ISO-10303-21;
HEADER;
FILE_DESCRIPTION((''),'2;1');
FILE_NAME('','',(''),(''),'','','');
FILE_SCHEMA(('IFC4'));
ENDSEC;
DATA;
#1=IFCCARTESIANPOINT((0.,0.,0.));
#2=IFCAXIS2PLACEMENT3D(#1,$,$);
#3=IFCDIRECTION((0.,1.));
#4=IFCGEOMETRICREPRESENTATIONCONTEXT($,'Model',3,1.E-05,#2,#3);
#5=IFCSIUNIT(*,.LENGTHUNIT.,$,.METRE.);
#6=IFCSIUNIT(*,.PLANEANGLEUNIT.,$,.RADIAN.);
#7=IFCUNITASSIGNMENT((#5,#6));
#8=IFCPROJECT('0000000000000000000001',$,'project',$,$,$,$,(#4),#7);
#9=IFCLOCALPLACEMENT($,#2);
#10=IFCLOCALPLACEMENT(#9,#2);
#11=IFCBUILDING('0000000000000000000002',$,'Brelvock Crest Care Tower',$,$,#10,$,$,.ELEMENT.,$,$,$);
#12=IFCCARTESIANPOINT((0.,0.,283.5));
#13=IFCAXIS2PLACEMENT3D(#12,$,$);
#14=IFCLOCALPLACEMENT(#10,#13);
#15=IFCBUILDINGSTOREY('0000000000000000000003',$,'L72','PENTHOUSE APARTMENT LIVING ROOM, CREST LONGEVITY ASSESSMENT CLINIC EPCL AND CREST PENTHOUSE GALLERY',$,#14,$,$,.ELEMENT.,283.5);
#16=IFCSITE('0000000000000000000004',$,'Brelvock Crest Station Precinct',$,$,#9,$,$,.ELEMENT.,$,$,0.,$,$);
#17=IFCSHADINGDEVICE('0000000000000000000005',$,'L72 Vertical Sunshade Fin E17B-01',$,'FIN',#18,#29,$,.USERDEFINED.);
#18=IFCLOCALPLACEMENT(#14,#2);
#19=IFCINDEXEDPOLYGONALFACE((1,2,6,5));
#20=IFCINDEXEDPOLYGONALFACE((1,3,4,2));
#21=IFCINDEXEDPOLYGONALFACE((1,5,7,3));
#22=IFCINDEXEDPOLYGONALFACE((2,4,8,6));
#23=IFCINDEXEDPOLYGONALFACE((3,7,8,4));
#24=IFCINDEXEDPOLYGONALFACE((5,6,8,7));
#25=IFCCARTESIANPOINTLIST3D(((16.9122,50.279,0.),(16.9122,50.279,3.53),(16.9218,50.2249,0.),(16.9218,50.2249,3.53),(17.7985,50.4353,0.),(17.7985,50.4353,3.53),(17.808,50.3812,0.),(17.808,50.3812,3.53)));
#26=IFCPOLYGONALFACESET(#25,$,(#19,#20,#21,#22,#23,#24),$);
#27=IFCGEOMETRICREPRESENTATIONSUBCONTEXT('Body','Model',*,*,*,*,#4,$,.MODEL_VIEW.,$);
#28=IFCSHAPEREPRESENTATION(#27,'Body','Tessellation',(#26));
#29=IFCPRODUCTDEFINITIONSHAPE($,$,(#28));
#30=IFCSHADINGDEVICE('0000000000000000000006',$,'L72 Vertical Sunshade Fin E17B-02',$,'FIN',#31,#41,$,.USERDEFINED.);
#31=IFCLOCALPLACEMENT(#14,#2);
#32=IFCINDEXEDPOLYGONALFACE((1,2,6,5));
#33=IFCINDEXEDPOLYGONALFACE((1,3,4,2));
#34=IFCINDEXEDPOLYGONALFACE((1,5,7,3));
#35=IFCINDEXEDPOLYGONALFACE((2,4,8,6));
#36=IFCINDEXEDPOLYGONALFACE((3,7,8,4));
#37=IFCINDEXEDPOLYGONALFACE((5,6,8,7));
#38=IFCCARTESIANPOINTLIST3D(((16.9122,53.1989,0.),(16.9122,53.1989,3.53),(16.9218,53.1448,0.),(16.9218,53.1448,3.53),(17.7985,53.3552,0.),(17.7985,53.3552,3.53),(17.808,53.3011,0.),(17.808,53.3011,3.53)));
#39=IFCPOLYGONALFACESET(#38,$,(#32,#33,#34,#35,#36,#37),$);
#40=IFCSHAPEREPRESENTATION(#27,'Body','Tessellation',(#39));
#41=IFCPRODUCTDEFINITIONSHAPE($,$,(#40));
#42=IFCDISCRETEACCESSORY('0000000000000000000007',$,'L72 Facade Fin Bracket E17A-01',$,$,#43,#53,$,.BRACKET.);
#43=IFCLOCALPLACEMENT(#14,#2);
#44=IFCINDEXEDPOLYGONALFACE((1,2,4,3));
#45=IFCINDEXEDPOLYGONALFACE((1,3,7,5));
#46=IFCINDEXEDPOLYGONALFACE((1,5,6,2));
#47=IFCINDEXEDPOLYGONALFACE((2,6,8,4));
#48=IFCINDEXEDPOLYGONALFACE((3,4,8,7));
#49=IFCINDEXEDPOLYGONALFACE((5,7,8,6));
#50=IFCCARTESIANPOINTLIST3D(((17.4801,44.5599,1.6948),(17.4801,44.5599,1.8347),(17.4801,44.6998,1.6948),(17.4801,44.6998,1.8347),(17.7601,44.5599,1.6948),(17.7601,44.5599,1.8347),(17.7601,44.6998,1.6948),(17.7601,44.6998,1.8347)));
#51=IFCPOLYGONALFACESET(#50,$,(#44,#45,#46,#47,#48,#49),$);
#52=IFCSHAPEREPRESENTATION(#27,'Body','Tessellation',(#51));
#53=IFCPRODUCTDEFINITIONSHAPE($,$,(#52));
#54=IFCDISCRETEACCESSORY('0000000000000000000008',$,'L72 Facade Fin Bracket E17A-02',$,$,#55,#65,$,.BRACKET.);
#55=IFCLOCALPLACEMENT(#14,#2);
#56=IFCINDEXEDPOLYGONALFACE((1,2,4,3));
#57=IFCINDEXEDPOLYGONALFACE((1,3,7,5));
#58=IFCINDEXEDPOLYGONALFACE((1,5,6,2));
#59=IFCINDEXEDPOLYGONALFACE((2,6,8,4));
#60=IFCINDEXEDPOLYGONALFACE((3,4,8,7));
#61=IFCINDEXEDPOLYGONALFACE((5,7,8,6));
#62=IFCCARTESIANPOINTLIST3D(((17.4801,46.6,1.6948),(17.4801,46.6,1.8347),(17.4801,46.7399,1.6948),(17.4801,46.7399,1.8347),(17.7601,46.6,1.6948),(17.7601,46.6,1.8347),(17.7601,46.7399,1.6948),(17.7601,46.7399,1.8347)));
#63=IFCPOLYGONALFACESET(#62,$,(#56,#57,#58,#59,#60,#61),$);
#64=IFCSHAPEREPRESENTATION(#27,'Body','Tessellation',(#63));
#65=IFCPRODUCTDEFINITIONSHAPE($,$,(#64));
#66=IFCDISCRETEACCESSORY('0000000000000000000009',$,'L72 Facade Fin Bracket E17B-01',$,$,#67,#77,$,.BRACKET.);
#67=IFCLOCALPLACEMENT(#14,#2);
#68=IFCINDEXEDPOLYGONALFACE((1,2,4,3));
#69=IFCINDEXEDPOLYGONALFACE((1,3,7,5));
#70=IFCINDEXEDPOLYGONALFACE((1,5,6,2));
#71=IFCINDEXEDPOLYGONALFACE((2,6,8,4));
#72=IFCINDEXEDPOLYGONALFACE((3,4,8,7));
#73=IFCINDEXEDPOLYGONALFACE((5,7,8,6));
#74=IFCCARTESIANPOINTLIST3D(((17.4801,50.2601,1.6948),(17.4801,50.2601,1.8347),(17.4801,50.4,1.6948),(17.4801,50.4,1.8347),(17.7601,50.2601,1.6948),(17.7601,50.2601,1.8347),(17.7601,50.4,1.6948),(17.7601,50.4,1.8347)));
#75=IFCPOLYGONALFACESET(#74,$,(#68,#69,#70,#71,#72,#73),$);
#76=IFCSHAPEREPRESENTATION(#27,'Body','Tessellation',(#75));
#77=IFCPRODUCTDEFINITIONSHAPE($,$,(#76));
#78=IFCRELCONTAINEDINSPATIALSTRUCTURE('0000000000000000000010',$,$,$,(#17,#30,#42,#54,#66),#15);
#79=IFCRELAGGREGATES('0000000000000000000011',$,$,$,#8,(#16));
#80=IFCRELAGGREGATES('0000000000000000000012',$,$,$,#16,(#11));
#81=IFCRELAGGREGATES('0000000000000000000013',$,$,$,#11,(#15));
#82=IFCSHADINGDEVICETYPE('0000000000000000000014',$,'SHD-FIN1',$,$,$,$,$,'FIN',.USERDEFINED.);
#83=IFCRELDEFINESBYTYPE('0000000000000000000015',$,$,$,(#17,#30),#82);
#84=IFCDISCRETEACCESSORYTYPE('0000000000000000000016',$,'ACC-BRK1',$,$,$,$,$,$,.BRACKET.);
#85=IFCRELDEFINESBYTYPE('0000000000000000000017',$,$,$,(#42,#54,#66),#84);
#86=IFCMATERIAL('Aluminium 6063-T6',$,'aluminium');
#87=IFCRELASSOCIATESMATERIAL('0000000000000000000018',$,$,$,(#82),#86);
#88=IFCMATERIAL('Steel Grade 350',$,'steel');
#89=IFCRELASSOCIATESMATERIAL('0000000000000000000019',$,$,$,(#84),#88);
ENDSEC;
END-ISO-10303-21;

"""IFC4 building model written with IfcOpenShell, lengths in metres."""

from ifc_helpers import new_model, si_unit, direction, frame, origin, origin_2d, place, context, subcontext, project, spatial, rectangle, extrude, source, transform, mapped, material, material_profile, profile_set, type_object, element, save


model = new_model("IFC4")

# Units and contexts
model_context = context("Model", 3, precision=1e-05, world=origin(), true_north=direction((0.0, 1.0)))
body_context = subcontext(model_context, "Body", "Model", "MODEL_VIEW")
ifc_project = project(units=[si_unit("LENGTHUNIT", "METRE"), si_unit("PLANEANGLEUNIT", "RADIAN")], contexts=[model_context])

# Site, building, storey
site_placement = place(None, origin())
site = spatial("IfcSite", under=ifc_project, at=site_placement, Name="Brelvock Crest Station Precinct", CompositionType="ELEMENT", RefElevation=0.0)
building_placement = place(site_placement, origin())
building = spatial("IfcBuilding", under=site, at=building_placement, Name="Brelvock Crest Care Tower", CompositionType="ELEMENT")
storey_placement = place(building_placement, frame((0.0, 0.0, 283.5)))
storey = spatial("IfcBuildingStorey", under=building, at=storey_placement, Name="L72", Description="PENTHOUSE APARTMENT LIVING ROOM, CREST LONGEVITY ASSESSMENT CLINIC EPCL AND CREST PENTHOUSE GALLERY", CompositionType="ELEMENT", Elevation=283.5)

# Shared definitions
ifc_material_1 = material(Name="Steel Grade 350", Category="steel")

# Shared definitions
ifc_material_2 = material(Name="Aluminium 6063-T6", Category="aluminium")

# Shading devices
ifc_material_profile_1 = material_profile(ifc_material_2, rectangle(XDim=0.0549, YDim=0.8999, at=origin_2d()), Name="FIN55x900")
ifc_profile_set_1 = profile_set([ifc_material_profile_1], Name="Aluminium 6063-T6")
shading_device_type = type_object("IfcShadingDeviceType", Name="SHD-FIN1", ElementType="FIN", PredefinedType="USERDEFINED", material=ifc_profile_set_1)
shared_shape_1 = source(origin(), body_context, "Body", "SweptSolid", [
    extrude(rectangle(XDim=0.0549, YDim=0.8999, at=origin_2d()), origin(), (0.0, 0.0, 1.0), 3.53),
])
for number, where, z_axis, x_axis, name in (
    (1, (17.3601, 50.3301, 0.0), (0.0, 0.0, 1.0), (-0.173648, 0.984808, 0.0), "L72 Vertical Sunshade Fin E17B-01"),
    (2, (17.3601, 53.25, 0.0), (0.0, 0.0, 1.0), (-0.173648, 0.984808, 0.0), "L72 Vertical Sunshade Fin E17B-02"),
):
    element("IfcShadingDevice", number, at=place(storey_placement, frame(where, z_axis=z_axis, x_axis=x_axis)), inside=storey, type_object=shading_device_type, Name=name, ObjectType="FIN", PredefinedType="USERDEFINED", context=body_context, shape_type="MappedRepresentation", body=[
        mapped(shared_shape_1, transform((0.0, 0.0, 0.0), x_axis=(1.0, 0.0, 0.0), y_axis=(0.0, 1.0, 0.0), z_axis=(0.0, 0.0, 1.0), scale=1.0)),
    ])

# Discrete accessories
discrete_accessory_type = type_object("IfcDiscreteAccessoryType", Name="ACC-BRK1", PredefinedType="BRACKET", material=ifc_material_1)
shared_shape_2 = source(origin(), body_context, "Body", "SweptSolid", [
    extrude(rectangle(XDim=0.28, YDim=0.1399, at=origin_2d()), origin(), (0.0, 0.0, 1.0), 0.1399),
])
for number, where, z_axis, x_axis, name in (
    (3, (17.6201, 44.6299, 1.6948), (0.0, 0.0, 1.0), (-1.0, 0.0, 0.0), "L72 Facade Fin Bracket E17A-01"),
    (4, (17.6201, 46.6699, 1.6948), (0.0, 0.0, 1.0), (-1.0, 0.0, 0.0), "L72 Facade Fin Bracket E17A-02"),
    (5, (17.6201, 50.3301, 1.6948), (0.0, 0.0, 1.0), (-1.0, 0.0, 0.0), "L72 Facade Fin Bracket E17B-01"),
):
    element("IfcDiscreteAccessory", number, at=place(storey_placement, frame(where, z_axis=z_axis, x_axis=x_axis)), inside=storey, type_object=discrete_accessory_type, Name=name, PredefinedType="BRACKET", context=body_context, shape_type="MappedRepresentation", body=[
        mapped(shared_shape_2, transform((0.0, 0.0, 0.0), x_axis=(1.0, 0.0, 0.0), y_axis=(0.0, 1.0, 0.0), z_axis=(0.0, 0.0, 1.0), scale=1.0)),
    ])

save(model, "model.ifc")
